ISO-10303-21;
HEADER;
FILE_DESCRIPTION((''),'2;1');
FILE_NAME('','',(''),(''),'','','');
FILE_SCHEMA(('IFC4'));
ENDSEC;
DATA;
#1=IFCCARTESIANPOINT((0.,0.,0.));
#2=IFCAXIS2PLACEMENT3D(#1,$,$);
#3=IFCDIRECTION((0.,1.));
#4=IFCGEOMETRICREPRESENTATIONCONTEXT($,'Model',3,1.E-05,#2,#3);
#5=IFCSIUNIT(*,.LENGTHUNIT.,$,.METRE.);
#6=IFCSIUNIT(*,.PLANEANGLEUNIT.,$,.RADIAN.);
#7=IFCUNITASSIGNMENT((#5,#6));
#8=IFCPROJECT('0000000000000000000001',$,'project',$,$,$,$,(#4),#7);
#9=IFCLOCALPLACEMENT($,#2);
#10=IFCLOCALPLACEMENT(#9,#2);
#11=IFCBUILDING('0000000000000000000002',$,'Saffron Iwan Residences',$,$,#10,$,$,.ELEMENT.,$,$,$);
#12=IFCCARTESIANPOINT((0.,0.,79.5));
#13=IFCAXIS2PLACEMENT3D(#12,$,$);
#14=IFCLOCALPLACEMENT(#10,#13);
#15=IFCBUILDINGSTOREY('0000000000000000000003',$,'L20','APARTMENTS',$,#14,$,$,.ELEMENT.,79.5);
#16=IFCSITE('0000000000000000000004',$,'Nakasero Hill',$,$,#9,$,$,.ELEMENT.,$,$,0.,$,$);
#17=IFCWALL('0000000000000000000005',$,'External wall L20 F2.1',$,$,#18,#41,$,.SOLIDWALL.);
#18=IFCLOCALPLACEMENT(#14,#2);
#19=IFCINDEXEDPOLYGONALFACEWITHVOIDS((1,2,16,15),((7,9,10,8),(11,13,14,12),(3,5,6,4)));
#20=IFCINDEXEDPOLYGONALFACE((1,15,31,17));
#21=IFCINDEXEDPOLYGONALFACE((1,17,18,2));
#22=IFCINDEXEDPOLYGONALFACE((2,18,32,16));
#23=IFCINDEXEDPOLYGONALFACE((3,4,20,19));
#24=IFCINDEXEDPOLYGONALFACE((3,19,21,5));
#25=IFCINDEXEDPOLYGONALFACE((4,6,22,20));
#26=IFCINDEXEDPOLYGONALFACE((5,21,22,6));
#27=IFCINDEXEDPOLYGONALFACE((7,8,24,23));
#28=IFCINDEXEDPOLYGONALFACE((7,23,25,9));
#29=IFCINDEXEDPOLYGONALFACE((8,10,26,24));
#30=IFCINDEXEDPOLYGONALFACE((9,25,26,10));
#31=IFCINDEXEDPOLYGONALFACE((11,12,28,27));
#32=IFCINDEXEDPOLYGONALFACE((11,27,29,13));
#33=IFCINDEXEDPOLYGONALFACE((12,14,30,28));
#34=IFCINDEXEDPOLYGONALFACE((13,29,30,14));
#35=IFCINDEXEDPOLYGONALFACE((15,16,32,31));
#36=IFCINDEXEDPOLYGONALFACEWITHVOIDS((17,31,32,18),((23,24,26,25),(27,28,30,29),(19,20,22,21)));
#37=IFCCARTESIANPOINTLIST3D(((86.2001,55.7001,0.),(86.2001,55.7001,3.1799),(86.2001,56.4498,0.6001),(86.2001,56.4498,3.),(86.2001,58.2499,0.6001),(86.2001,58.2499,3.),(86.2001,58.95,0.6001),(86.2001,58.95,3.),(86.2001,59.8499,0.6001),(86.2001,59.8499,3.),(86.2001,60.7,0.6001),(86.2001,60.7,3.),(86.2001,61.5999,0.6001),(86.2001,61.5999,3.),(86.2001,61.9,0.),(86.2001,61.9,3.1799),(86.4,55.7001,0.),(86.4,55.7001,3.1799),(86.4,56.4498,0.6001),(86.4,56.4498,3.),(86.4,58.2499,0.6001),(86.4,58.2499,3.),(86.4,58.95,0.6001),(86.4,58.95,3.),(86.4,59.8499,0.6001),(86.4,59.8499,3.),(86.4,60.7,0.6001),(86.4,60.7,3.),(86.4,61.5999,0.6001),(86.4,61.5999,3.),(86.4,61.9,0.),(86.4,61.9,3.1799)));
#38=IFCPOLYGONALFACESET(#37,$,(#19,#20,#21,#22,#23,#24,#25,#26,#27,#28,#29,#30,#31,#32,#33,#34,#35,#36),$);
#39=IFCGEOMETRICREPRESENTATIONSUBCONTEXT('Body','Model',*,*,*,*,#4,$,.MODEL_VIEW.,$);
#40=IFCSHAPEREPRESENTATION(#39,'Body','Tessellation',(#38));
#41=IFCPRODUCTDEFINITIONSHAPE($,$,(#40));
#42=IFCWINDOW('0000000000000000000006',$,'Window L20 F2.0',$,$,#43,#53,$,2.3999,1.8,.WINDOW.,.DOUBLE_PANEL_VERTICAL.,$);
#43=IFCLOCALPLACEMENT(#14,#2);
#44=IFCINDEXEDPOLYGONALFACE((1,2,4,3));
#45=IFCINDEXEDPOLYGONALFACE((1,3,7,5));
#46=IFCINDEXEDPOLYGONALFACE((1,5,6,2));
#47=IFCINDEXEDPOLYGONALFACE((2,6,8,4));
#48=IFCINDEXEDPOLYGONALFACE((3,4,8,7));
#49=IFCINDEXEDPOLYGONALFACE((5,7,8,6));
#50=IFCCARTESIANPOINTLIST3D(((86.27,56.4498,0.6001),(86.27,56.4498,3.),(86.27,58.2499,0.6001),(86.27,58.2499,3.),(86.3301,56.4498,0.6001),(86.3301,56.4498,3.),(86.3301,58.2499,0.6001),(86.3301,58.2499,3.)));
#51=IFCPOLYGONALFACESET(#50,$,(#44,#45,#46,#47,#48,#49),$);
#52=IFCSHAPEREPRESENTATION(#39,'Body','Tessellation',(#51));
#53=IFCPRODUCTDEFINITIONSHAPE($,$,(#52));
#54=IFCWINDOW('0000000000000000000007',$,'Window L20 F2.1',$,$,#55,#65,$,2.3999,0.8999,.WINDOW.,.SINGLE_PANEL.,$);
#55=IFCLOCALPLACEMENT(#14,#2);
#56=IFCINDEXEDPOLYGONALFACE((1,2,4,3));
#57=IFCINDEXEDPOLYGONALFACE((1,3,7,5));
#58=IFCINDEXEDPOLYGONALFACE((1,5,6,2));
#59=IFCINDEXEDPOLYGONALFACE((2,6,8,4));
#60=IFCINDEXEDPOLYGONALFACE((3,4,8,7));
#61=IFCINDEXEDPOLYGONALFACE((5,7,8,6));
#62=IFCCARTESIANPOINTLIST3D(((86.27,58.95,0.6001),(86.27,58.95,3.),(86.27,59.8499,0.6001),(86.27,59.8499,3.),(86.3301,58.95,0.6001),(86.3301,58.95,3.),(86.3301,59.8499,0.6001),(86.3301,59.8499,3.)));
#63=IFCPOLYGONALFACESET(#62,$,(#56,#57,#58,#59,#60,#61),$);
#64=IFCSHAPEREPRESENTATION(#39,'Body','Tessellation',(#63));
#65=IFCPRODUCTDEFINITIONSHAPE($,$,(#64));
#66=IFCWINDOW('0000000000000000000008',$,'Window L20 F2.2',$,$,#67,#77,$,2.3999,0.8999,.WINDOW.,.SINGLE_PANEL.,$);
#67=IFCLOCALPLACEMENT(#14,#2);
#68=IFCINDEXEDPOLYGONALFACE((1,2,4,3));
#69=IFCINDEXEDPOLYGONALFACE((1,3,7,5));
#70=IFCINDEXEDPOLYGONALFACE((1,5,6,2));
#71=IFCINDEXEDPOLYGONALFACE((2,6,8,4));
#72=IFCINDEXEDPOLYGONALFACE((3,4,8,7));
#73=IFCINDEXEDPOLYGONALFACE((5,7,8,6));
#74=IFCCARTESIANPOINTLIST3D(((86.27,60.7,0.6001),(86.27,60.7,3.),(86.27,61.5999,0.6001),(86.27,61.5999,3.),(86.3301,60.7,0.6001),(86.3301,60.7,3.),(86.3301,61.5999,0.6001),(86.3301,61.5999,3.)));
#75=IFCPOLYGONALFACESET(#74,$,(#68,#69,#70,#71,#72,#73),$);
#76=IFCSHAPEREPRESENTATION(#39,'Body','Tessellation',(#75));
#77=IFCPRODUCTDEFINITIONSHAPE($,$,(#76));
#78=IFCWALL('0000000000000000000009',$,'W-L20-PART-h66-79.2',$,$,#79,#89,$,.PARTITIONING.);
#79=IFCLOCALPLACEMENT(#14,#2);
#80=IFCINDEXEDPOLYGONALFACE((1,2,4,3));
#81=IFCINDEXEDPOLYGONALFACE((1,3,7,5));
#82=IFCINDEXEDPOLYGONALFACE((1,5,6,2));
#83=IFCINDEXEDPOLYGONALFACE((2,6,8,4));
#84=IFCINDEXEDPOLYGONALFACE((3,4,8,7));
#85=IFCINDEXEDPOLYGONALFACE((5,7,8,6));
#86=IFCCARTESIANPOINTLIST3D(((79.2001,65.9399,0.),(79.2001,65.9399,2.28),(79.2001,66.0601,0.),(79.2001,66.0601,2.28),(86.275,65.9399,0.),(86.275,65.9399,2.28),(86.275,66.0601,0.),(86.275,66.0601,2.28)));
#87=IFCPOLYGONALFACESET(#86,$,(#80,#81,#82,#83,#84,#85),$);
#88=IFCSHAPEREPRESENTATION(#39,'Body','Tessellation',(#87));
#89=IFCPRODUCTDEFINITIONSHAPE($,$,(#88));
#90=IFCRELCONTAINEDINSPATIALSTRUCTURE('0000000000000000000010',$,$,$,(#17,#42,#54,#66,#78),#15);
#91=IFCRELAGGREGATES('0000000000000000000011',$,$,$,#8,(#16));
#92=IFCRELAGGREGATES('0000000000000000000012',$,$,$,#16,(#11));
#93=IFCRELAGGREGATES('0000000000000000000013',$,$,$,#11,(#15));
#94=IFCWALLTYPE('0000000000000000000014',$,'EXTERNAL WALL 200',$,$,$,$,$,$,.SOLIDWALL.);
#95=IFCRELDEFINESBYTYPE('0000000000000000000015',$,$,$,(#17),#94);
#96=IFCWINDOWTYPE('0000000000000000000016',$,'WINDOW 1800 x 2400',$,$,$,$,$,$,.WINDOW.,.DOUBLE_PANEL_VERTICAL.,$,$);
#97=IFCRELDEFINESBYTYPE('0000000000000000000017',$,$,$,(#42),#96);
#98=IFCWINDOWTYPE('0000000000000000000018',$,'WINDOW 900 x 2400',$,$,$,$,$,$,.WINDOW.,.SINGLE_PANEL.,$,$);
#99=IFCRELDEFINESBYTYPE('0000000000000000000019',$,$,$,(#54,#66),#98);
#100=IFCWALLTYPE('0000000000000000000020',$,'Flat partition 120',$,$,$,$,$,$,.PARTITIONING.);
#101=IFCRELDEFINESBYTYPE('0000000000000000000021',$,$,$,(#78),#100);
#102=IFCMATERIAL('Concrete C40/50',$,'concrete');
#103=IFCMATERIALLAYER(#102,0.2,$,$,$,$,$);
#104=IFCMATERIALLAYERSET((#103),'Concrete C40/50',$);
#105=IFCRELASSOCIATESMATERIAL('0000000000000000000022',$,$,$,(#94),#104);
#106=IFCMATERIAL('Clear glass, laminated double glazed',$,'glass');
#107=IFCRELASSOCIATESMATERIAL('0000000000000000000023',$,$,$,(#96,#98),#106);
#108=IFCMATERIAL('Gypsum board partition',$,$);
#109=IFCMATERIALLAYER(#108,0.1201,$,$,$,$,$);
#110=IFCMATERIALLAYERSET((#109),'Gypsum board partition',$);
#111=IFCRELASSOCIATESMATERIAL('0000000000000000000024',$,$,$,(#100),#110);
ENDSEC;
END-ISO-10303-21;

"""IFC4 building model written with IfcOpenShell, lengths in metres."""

from ifc_helpers import new_model, si_unit, direction, frame, frame_2d, origin, place, context, subcontext, project, spatial, rectangle, extrude, material, layer, layer_set, type_object, element, fill, save


model = new_model("IFC4")

# Units and contexts
model_context = context("Model", 3, precision=1e-05, world=origin(), true_north=direction((0.0, 1.0)))
body_context = subcontext(model_context, "Body", "Model", "MODEL_VIEW")
ifc_project = project(units=[si_unit("LENGTHUNIT", "METRE"), si_unit("PLANEANGLEUNIT", "RADIAN")], contexts=[model_context])

# Site, building, storey
site_placement = place(None, origin())
site = spatial("IfcSite", under=ifc_project, at=site_placement, Name="Nakasero Hill", CompositionType="ELEMENT", RefElevation=0.0)
building_placement = place(site_placement, origin())
building = spatial("IfcBuilding", under=site, at=building_placement, Name="Saffron Iwan Residences", CompositionType="ELEMENT")
storey_placement = place(building_placement, frame((0.0, 0.0, 79.5)))
storey = spatial("IfcBuildingStorey", under=building, at=storey_placement, Name="L20", Description="APARTMENTS", CompositionType="ELEMENT", Elevation=79.5)

# Wall, openings, windows
ifc_material_1 = material(Name="Concrete C40/50", Category="concrete")
ifc_layer_1 = layer(ifc_material_1, 0.2)
ifc_layer_set_1 = layer_set([ifc_layer_1], Name="Concrete C40/50")
wall_type_1 = type_object("IfcWallType", Name="EXTERNAL WALL 200", PredefinedType="SOLIDWALL", material=ifc_layer_set_1)
wall_1_placement = place(storey_placement, frame((86.3, 55.7, 0.0), z_axis=(0.0, 0.0, 1.0), x_axis=(0.0, 1.0, 0.0)))
wall_1 = element("IfcWall", 1, at=wall_1_placement, inside=storey, type_object=wall_type_1, Name="External wall L20 F2.1", PredefinedType="SOLIDWALL", context=body_context, shape_type="SweptSolid", body=[
    extrude(rectangle(XDim=6.2, YDim=0.2, at=frame_2d((3.1001, 0.0))), origin(), (0.0, 0.0, 1.0), 3.1799),
])
opening_1_placement = place(wall_1_placement, frame((0.75, 0.0, 0.6001)))
opening_1 = element("IfcOpeningElement", 2, at=opening_1_placement, cuts=wall_1, PredefinedType="OPENING", context=body_context, shape_type="SweptSolid", body=[
    extrude(rectangle(XDim=1.8, YDim=2.3999, at=frame_2d((0.8999, 1.2))), frame((0.0, 0.1099, 0.0), z_axis=(0.0, -1.0, 0.0), x_axis=(1.0, 0.0, 0.0)), (0.0, 0.0, 1.0), 0.22),
])
opening_2_placement = place(wall_1_placement, frame((3.25, 0.0, 0.6001)))
opening_2 = element("IfcOpeningElement", 3, at=opening_2_placement, cuts=wall_1, PredefinedType="OPENING", context=body_context, shape_type="SweptSolid", body=[
    extrude(rectangle(XDim=0.8999, YDim=2.3999, at=frame_2d((0.45, 1.2))), frame((0.0, 0.1099, 0.0), z_axis=(0.0, -1.0, 0.0), x_axis=(1.0, 0.0, 0.0)), (0.0, 0.0, 1.0), 0.22),
])
opening_3_placement = place(wall_1_placement, frame((5.0, 0.0, 0.6001)))
opening_3 = element("IfcOpeningElement", 4, at=opening_3_placement, cuts=wall_1, PredefinedType="OPENING", context=body_context, shape_type="SweptSolid", body=[
    extrude(rectangle(XDim=0.8999, YDim=2.3999, at=frame_2d((0.45, 1.2))), frame((0.0, 0.1099, 0.0), z_axis=(0.0, -1.0, 0.0), x_axis=(1.0, 0.0, 0.0)), (0.0, 0.0, 1.0), 0.22),
])
ifc_material_2 = material(Name="Clear glass, laminated double glazed", Category="glass")
window_type_1 = type_object("IfcWindowType", Name="WINDOW 1800 x 2400", PartitioningType="DOUBLE_PANEL_VERTICAL", PredefinedType="WINDOW", material=ifc_material_2)
window_1_placement = place(opening_1_placement, origin())
window_1 = element("IfcWindow", 5, at=window_1_placement, inside=storey, type_object=window_type_1, Name="Window L20 F2.0", OverallHeight=2.3999, OverallWidth=1.8, PartitioningType="DOUBLE_PANEL_VERTICAL", PredefinedType="WINDOW", context=body_context, shape_type="SweptSolid", body=[
    extrude(rectangle(XDim=1.8, YDim=2.3999, at=frame_2d((0.8999, 1.2))), frame((0.0, 0.03, 0.0), z_axis=(0.0, -1.0, 0.0), x_axis=(1.0, 0.0, 0.0)), (0.0, 0.0, 1.0), 0.0601),
])
fill(opening_1, window_1)
window_type_2 = type_object("IfcWindowType", Name="WINDOW 900 x 2400", PartitioningType="SINGLE_PANEL", PredefinedType="WINDOW", material=ifc_material_2)
window_2_placement = place(opening_2_placement, origin())
window_2 = element("IfcWindow", 6, at=window_2_placement, inside=storey, type_object=window_type_2, Name="Window L20 F2.1", OverallHeight=2.3999, OverallWidth=0.8999, PartitioningType="SINGLE_PANEL", PredefinedType="WINDOW", context=body_context, shape_type="SweptSolid", body=[
    extrude(rectangle(XDim=0.8999, YDim=2.3999, at=frame_2d((0.45, 1.2))), frame((0.0, 0.03, 0.0), z_axis=(0.0, -1.0, 0.0), x_axis=(1.0, 0.0, 0.0)), (0.0, 0.0, 1.0), 0.0601),
])
fill(opening_2, window_2)
window_3_placement = place(opening_3_placement, origin())
window_3 = element("IfcWindow", 7, at=window_3_placement, inside=storey, type_object=window_type_2, Name="Window L20 F2.2", OverallHeight=2.3999, OverallWidth=0.8999, PartitioningType="SINGLE_PANEL", PredefinedType="WINDOW", context=body_context, shape_type="SweptSolid", body=[
    extrude(rectangle(XDim=0.8999, YDim=2.3999, at=frame_2d((0.45, 1.2))), frame((0.0, 0.03, 0.0), z_axis=(0.0, -1.0, 0.0), x_axis=(1.0, 0.0, 0.0)), (0.0, 0.0, 1.0), 0.0601),
])
fill(opening_3, window_3)

# Wall
ifc_material_3 = material(Name="Gypsum board partition")
ifc_layer_2 = layer(ifc_material_3, 0.1201)
ifc_layer_set_2 = layer_set([ifc_layer_2], Name="Gypsum board partition")
wall_type_2 = type_object("IfcWallType", Name="Flat partition 120", PredefinedType="PARTITIONING", material=ifc_layer_set_2)
wall_2_placement = place(storey_placement, frame((79.2, 66.0, 0.0), z_axis=(0.0, 0.0, 1.0), x_axis=(1.0, 0.0, 0.0)))
element("IfcWall", 8, at=wall_2_placement, inside=storey, type_object=wall_type_2, Name="W-L20-PART-h66-79.2", PredefinedType="PARTITIONING", context=body_context, shape_type="SweptSolid", body=[
    extrude(rectangle(XDim=7.075, YDim=0.1201, at=frame_2d((3.5376, 0.0))), origin(), (0.0, 0.0, 1.0), 2.28),
])

save(model, "model.ifc")
